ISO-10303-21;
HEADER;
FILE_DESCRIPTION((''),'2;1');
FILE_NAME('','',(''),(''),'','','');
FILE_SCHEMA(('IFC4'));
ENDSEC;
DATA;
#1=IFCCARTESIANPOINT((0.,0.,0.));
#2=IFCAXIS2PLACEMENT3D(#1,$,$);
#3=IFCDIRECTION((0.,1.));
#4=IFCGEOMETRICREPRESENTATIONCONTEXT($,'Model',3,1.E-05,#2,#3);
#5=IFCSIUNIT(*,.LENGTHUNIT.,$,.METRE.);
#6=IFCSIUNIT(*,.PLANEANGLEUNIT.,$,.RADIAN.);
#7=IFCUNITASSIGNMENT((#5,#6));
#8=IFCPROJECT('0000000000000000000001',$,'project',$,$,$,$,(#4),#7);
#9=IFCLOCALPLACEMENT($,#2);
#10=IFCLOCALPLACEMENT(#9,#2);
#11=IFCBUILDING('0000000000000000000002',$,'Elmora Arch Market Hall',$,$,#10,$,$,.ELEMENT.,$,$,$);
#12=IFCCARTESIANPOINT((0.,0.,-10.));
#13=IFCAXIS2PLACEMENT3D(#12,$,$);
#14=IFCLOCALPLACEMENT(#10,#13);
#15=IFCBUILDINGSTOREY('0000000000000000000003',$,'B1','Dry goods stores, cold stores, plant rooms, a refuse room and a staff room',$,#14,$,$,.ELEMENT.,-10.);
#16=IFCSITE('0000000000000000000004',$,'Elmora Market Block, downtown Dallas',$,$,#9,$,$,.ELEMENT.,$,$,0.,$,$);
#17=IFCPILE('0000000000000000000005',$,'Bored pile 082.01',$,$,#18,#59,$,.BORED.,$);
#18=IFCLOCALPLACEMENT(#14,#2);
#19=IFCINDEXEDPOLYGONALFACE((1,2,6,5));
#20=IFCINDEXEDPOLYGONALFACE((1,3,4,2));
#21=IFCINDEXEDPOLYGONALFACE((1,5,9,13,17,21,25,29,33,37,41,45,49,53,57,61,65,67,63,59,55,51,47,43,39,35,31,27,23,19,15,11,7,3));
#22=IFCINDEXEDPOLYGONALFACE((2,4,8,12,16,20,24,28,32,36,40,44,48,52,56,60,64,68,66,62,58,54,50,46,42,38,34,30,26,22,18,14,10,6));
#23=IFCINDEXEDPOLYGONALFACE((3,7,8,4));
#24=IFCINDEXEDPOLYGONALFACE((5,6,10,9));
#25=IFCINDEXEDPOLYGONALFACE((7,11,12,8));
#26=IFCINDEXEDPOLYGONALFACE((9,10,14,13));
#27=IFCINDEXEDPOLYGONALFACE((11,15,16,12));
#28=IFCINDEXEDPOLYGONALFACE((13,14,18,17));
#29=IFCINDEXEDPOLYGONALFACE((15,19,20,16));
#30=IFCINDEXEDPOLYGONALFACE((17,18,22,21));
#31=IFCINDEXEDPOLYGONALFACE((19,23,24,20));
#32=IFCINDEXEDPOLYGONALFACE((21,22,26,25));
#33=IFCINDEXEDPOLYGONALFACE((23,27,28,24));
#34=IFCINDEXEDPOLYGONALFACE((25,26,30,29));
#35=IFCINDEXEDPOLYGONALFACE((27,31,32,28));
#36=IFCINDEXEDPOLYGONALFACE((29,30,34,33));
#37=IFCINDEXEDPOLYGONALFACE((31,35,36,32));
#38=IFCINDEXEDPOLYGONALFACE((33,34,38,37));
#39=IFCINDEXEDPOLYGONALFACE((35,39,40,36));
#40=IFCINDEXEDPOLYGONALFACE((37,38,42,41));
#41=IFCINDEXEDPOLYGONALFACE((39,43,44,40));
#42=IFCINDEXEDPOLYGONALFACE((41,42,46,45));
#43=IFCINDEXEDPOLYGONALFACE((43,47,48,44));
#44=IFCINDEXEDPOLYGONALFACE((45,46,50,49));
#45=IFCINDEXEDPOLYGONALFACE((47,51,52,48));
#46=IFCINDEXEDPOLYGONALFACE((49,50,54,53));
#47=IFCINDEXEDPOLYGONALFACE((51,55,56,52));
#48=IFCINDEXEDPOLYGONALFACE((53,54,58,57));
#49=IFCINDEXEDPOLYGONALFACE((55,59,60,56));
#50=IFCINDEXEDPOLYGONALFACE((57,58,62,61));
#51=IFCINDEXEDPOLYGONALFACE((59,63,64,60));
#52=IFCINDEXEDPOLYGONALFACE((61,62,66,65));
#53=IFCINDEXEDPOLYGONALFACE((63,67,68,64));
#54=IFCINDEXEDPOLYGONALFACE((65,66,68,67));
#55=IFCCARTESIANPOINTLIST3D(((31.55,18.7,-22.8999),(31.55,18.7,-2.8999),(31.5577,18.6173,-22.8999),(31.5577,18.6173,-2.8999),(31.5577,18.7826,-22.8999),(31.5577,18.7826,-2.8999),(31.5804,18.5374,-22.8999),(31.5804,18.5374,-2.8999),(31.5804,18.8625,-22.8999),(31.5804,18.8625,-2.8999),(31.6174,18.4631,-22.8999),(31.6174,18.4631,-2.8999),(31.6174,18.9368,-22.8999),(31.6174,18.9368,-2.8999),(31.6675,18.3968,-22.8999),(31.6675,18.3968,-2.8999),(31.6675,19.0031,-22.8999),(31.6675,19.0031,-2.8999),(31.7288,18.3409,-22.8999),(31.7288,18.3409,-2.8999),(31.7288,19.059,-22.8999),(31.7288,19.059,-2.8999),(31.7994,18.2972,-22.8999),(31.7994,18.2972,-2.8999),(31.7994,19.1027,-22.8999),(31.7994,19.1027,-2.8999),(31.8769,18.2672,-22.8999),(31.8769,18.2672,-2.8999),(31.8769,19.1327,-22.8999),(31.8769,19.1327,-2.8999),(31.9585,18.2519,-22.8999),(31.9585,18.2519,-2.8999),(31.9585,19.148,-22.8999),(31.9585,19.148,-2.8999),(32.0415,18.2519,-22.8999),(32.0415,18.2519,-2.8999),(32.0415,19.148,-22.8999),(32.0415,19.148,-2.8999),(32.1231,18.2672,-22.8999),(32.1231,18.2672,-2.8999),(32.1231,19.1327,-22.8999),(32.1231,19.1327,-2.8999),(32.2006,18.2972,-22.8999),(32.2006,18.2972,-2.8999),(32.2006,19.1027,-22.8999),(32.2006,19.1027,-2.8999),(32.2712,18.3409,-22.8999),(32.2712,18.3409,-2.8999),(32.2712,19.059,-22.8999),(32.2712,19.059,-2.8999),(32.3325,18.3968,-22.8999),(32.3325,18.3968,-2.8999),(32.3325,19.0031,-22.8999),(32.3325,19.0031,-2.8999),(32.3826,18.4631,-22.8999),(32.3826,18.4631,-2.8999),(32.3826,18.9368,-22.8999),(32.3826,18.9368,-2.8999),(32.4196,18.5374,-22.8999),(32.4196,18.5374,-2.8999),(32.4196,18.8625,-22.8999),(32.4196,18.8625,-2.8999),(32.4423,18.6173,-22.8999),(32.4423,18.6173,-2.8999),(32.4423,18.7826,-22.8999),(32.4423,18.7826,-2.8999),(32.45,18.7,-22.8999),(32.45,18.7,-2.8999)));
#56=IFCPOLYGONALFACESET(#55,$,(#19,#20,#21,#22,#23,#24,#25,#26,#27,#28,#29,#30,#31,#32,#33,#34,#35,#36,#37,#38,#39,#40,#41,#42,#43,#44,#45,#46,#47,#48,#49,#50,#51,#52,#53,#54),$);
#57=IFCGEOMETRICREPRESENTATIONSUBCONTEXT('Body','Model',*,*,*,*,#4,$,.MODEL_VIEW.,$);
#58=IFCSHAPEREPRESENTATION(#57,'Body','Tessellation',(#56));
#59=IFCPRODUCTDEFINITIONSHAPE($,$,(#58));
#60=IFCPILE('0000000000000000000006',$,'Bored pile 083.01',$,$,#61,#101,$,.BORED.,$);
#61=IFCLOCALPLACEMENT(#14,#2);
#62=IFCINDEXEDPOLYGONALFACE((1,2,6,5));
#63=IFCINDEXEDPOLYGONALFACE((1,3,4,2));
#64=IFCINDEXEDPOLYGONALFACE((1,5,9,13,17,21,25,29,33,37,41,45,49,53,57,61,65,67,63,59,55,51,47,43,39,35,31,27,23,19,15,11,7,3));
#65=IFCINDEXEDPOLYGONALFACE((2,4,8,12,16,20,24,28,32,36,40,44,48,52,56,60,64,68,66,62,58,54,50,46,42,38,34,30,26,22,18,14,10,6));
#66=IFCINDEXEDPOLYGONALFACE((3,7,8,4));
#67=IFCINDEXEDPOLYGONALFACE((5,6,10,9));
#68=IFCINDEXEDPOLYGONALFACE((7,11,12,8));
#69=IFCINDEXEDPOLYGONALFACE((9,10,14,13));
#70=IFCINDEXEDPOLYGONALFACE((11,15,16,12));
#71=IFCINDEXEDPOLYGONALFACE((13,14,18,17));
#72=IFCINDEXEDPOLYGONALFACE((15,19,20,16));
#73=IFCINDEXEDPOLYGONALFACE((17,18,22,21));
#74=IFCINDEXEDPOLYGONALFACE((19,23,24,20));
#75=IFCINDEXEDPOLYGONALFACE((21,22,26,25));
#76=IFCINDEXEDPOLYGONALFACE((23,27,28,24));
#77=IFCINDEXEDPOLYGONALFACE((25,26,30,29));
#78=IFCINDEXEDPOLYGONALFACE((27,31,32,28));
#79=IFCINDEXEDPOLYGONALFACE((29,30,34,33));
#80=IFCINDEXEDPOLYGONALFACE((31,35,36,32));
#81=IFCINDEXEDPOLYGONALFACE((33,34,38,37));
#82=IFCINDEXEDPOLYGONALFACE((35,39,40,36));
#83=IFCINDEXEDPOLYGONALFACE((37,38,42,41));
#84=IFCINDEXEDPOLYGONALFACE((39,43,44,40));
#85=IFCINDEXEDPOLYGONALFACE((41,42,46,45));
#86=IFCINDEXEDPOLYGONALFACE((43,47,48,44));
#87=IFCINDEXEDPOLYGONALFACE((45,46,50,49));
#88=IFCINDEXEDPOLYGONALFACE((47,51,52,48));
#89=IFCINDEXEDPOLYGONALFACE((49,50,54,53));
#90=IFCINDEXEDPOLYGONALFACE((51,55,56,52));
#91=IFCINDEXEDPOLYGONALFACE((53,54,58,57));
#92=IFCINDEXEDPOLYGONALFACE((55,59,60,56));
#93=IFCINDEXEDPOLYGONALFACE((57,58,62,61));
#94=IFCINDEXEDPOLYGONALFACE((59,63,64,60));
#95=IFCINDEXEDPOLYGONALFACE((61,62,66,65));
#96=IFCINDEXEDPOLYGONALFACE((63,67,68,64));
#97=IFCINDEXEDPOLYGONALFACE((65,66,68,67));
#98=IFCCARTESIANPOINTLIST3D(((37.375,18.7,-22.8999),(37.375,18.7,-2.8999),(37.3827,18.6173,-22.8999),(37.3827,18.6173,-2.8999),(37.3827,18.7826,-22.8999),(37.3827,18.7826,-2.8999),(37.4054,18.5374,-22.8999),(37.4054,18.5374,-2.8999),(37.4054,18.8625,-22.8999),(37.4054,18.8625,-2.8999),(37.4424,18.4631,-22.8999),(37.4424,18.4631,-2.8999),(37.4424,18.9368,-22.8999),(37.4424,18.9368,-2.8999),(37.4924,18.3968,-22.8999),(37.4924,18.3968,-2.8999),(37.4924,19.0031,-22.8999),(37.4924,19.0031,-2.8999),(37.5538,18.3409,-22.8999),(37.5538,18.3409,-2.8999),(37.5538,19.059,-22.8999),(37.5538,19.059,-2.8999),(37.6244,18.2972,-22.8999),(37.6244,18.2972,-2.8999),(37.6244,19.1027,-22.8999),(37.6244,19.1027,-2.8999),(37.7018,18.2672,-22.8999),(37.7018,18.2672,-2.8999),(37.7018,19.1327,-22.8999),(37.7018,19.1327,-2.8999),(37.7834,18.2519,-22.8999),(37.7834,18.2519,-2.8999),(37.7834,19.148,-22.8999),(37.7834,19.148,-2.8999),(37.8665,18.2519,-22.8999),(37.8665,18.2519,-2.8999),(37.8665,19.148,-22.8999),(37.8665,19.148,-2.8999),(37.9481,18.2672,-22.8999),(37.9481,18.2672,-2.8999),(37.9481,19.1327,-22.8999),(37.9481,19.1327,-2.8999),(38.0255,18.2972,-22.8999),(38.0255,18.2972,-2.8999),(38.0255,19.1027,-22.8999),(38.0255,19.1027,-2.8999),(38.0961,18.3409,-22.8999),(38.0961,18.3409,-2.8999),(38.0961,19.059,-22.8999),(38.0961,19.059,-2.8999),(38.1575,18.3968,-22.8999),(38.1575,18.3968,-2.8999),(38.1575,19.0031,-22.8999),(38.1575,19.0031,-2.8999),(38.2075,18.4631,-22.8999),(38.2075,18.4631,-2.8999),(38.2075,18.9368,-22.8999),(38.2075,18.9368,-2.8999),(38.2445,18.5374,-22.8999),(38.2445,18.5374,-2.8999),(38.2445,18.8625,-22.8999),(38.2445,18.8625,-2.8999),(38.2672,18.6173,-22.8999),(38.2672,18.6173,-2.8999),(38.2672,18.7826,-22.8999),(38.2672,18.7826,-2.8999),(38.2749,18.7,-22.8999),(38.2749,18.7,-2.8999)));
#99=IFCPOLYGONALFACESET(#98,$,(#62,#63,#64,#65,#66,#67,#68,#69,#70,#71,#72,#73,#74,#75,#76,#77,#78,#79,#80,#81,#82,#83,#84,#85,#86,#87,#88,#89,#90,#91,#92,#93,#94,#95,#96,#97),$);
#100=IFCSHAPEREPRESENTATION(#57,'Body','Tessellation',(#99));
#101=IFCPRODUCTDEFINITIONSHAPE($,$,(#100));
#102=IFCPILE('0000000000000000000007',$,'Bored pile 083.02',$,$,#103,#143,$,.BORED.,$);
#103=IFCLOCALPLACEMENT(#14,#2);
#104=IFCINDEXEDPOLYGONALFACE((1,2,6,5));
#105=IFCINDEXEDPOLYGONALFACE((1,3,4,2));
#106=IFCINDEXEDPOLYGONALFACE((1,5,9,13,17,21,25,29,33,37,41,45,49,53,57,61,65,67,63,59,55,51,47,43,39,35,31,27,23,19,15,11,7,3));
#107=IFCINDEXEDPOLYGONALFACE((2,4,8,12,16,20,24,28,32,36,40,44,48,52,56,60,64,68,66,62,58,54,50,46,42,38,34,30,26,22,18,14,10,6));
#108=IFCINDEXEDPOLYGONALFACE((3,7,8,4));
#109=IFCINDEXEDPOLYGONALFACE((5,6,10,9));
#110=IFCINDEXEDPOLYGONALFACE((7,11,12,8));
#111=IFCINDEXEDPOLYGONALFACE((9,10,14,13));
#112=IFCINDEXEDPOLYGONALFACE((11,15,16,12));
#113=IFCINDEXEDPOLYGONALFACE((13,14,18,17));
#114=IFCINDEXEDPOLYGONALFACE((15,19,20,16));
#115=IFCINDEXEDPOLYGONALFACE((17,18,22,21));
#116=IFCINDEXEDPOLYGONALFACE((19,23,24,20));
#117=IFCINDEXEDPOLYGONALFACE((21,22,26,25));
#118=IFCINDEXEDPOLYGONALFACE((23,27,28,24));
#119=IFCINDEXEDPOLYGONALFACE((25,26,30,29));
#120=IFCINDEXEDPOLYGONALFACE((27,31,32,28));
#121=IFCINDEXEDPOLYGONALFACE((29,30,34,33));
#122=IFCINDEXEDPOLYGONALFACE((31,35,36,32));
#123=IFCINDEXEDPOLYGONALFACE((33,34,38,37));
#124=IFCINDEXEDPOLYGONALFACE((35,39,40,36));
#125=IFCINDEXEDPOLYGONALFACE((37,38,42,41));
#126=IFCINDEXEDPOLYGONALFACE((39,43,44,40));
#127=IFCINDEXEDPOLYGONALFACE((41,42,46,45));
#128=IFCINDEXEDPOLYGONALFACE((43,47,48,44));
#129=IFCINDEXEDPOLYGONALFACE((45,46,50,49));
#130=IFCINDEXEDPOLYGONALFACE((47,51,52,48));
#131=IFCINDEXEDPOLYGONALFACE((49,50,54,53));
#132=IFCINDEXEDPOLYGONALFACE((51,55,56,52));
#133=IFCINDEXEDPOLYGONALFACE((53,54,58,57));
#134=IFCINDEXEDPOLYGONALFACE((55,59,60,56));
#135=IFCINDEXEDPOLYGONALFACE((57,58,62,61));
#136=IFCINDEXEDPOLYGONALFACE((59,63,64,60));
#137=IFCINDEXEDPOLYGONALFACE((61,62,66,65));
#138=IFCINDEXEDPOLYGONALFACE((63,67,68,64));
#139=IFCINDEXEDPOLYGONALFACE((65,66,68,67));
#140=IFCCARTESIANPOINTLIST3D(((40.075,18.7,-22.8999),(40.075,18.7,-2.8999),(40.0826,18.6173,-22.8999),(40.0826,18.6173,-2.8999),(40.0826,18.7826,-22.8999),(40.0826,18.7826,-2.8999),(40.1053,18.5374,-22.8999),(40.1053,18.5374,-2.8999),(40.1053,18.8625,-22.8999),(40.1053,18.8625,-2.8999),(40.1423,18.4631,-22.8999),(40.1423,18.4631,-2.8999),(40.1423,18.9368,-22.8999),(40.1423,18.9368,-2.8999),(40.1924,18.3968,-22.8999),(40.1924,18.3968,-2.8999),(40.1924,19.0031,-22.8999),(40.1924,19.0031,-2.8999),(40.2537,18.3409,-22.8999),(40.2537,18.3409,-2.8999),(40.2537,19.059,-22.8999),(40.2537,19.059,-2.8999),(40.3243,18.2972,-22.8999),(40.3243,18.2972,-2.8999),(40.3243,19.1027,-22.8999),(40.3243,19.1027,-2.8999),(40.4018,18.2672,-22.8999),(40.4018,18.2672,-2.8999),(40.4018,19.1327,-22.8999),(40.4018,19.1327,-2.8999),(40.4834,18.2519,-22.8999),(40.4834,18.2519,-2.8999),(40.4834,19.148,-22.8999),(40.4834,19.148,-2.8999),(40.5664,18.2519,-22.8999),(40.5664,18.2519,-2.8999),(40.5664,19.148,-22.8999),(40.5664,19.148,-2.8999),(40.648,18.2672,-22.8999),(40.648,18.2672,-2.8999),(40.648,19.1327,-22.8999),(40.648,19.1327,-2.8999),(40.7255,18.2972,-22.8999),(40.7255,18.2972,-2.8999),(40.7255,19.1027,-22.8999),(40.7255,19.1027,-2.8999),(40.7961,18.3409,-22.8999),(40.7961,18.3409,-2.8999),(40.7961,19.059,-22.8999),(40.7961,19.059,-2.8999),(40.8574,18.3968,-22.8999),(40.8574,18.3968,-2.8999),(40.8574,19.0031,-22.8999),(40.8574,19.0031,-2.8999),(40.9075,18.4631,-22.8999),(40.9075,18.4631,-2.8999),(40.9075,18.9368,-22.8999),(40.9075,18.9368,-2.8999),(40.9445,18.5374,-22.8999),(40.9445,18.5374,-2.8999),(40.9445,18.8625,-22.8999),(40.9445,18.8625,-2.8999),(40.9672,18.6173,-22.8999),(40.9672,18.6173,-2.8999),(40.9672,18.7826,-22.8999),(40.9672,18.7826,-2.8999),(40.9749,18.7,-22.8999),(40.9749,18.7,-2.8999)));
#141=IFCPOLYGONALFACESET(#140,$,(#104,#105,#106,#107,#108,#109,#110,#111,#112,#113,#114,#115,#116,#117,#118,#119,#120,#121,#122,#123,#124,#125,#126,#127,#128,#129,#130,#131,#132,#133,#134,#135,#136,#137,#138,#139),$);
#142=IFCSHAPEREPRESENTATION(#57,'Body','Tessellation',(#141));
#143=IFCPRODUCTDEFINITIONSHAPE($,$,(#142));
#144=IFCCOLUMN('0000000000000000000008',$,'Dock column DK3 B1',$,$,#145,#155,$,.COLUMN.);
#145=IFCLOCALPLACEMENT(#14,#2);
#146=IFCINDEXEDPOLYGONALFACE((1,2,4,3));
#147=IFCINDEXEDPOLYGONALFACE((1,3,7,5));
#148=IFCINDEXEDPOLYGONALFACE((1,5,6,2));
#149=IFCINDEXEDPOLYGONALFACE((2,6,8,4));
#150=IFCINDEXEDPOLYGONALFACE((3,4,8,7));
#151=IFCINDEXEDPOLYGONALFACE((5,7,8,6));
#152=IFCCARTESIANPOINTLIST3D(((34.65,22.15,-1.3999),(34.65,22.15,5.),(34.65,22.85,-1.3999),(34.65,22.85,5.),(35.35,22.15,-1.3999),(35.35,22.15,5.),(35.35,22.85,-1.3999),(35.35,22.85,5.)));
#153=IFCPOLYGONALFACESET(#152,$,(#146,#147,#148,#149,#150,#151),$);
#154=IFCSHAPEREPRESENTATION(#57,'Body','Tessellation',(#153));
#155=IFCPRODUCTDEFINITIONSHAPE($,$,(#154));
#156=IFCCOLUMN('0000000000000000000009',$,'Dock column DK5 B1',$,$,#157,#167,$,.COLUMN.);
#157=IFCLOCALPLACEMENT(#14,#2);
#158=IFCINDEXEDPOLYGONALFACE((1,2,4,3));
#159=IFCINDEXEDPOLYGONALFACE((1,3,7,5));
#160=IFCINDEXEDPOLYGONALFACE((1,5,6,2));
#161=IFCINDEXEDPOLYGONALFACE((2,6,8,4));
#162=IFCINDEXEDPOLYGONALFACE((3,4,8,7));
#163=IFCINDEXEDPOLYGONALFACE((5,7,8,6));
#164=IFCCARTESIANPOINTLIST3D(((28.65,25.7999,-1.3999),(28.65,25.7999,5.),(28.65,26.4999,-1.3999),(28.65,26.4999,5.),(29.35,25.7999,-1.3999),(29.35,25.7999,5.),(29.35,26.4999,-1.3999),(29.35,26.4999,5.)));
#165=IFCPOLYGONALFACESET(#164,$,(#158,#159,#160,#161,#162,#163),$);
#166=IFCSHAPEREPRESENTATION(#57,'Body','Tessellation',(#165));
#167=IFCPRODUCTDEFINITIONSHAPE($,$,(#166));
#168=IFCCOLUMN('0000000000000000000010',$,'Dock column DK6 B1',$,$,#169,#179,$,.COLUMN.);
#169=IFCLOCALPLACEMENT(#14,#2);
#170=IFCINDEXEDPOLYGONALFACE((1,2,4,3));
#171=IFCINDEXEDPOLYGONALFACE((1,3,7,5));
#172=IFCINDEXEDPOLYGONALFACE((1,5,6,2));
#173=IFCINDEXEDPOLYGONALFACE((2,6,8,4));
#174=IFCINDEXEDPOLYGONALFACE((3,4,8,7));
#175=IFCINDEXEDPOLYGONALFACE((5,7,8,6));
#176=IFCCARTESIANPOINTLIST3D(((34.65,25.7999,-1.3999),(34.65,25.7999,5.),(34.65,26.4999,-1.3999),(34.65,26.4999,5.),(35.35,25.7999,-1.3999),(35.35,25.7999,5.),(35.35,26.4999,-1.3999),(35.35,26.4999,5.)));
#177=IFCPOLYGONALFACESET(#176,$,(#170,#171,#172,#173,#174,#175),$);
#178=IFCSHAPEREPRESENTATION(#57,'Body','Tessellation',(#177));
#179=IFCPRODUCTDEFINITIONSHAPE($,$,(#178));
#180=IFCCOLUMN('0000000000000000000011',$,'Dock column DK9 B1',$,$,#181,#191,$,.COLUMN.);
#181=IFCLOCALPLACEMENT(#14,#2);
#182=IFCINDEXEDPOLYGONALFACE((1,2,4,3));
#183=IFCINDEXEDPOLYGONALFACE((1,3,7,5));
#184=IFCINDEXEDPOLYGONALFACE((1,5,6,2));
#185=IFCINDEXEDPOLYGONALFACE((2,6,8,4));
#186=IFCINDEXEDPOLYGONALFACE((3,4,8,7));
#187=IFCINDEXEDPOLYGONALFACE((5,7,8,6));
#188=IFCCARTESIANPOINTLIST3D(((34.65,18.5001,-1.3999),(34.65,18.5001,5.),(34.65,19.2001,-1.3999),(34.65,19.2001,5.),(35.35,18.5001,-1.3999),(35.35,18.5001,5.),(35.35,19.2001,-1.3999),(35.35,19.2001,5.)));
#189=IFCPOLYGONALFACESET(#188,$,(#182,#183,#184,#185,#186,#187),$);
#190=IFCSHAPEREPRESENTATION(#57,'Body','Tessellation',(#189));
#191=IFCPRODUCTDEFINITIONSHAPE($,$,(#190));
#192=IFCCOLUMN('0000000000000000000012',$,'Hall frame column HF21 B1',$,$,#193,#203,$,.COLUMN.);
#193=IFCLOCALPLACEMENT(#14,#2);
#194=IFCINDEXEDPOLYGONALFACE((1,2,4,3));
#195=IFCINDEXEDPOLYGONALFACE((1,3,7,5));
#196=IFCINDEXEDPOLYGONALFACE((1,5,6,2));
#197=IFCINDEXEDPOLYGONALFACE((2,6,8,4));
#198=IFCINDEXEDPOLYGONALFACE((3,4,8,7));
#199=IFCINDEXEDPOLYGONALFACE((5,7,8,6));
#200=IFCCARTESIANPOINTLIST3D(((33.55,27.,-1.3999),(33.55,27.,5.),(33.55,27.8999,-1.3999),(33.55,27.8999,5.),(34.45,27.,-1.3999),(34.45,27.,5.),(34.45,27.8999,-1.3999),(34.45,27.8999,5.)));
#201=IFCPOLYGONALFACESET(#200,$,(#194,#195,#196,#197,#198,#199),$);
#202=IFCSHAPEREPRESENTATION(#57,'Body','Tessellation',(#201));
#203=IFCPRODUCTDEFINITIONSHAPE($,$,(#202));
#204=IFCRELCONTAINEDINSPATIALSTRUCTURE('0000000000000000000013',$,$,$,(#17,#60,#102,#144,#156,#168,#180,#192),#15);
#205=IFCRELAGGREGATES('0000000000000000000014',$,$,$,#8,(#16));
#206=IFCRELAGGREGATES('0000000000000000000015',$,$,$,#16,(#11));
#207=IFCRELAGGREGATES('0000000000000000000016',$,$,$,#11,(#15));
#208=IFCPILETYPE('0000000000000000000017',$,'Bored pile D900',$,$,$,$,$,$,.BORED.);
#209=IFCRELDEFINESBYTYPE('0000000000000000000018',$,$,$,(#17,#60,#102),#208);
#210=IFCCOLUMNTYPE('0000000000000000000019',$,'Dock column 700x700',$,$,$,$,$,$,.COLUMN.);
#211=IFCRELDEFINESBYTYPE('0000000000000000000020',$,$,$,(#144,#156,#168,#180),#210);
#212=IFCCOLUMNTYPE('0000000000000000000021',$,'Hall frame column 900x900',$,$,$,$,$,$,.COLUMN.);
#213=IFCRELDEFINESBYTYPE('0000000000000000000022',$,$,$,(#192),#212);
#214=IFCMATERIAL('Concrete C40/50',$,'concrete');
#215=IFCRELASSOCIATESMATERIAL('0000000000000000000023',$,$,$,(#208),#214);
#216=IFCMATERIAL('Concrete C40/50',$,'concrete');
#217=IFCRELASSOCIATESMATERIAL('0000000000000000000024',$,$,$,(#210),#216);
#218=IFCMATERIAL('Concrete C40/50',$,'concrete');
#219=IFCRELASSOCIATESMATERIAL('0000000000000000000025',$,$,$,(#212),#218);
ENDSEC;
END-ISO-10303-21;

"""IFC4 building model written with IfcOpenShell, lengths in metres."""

from ifc_helpers import new_model, si_unit, direction, frame, origin, origin_2d, place, context, subcontext, project, spatial, rectangle, circle, extrude, material, material_profile, profile_set, type_object, element, save


model = new_model("IFC4")

# Units and contexts
model_context = context("Model", 3, precision=1e-05, world=origin(), true_north=direction((0.0, 1.0)))
body_context = subcontext(model_context, "Body", "Model", "MODEL_VIEW")
ifc_project = project(units=[si_unit("LENGTHUNIT", "METRE"), si_unit("PLANEANGLEUNIT", "RADIAN")], contexts=[model_context])

# Site, building, storey
site_placement = place(None, origin())
site = spatial("IfcSite", under=ifc_project, at=site_placement, Name="Elmora Market Block, downtown Dallas", CompositionType="ELEMENT", RefElevation=0.0)
building_placement = place(site_placement, origin())
building = spatial("IfcBuilding", under=site, at=building_placement, Name="Elmora Arch Market Hall", CompositionType="ELEMENT")
storey_placement = place(building_placement, frame((0.0, 0.0, -10.0)))
storey = spatial("IfcBuildingStorey", under=building, at=storey_placement, Name="B1", Description="Dry goods stores, cold stores, plant rooms, a refuse room and a staff room", CompositionType="ELEMENT", Elevation=-10.0)

# Piles
ifc_material_1 = material(Name="Concrete C40/50", Category="concrete")
ifc_material_profile_1 = material_profile(ifc_material_1, circle(Radius=0.45, at=origin_2d()), Name="Bored pile D900")
ifc_profile_set_1 = profile_set([ifc_material_profile_1], Name="Concrete C40/50")
pile_type = type_object("IfcPileType", Name="Bored pile D900", PredefinedType="BORED", material=ifc_profile_set_1)
for number, where, z_axis, x_axis, name in (
    (1, (32.0, 18.7, -2.8999), (0.0, 0.0, -1.0), (1.0, 0.0, 0.0), "Bored pile 082.01"),
    (2, (37.825, 18.7, -2.8999), (0.0, 0.0, -1.0), (1.0, 0.0, 0.0), "Bored pile 083.01"),
    (3, (40.5249, 18.7, -2.8999), (0.0, 0.0, -1.0), (1.0, 0.0, 0.0), "Bored pile 083.02"),
):
    element("IfcPile", number, at=place(storey_placement, frame(where, z_axis=z_axis, x_axis=x_axis)), inside=storey, type_object=pile_type, Name=name, PredefinedType="BORED", context=body_context, shape_type="SweptSolid", body=[
        extrude(circle(Radius=0.45, at=origin_2d()), origin(), (0.0, 0.0, 1.0), 20.0),
    ])

# Columns
ifc_material_2 = material(Name="Concrete C40/50", Category="concrete")
ifc_material_profile_2 = material_profile(ifc_material_2, rectangle(XDim=0.7, YDim=0.7, at=origin_2d()), Name="Dock column 700x700")
ifc_profile_set_2 = profile_set([ifc_material_profile_2], Name="Concrete C40/50")
column_type_1 = type_object("IfcColumnType", Name="Dock column 700x700", PredefinedType="COLUMN", material=ifc_profile_set_2)
for number, where, z_axis, x_axis, name in (
    (4, (35.0, 22.5, -1.3999), (0.0, 0.0, 1.0), (1.0, 0.0, 0.0), "Dock column DK3 B1"),
    (5, (29.0, 26.1499, -1.3999), (0.0, 0.0, 1.0), (1.0, 0.0, 0.0), "Dock column DK5 B1"),
    (6, (35.0, 26.1499, -1.3999), (0.0, 0.0, 1.0), (1.0, 0.0, 0.0), "Dock column DK6 B1"),
    (7, (35.0, 18.8501, -1.3999), (0.0, 0.0, 1.0), (1.0, 0.0, 0.0), "Dock column DK9 B1"),
):
    element("IfcColumn", number, at=place(storey_placement, frame(where, z_axis=z_axis, x_axis=x_axis)), inside=storey, type_object=column_type_1, Name=name, PredefinedType="COLUMN", context=body_context, shape_type="SweptSolid", body=[
        extrude(rectangle(XDim=0.7, YDim=0.7, at=origin_2d()), origin(), (0.0, 0.0, 1.0), 6.3999),
    ])
ifc_material_3 = material(Name="Concrete C40/50", Category="concrete")
ifc_material_profile_3 = material_profile(ifc_material_3, rectangle(XDim=0.8999, YDim=0.8999, at=origin_2d()), Name="Hall frame column 900x900")
ifc_profile_set_3 = profile_set([ifc_material_profile_3], Name="Concrete C40/50")
column_type_2 = type_object("IfcColumnType", Name="Hall frame column 900x900", PredefinedType="COLUMN", material=ifc_profile_set_3)
column_placement = place(storey_placement, frame((34.0, 27.45, -1.3999), z_axis=(0.0, 0.0, 1.0), x_axis=(1.0, 0.0, 0.0)))
element("IfcColumn", 8, at=column_placement, inside=storey, type_object=column_type_2, Name="Hall frame column HF21 B1", PredefinedType="COLUMN", context=body_context, shape_type="SweptSolid", body=[
    extrude(rectangle(XDim=0.8999, YDim=0.8999, at=origin_2d()), origin(), (0.0, 0.0, 1.0), 6.3999),
])

save(model, "model.ifc")
